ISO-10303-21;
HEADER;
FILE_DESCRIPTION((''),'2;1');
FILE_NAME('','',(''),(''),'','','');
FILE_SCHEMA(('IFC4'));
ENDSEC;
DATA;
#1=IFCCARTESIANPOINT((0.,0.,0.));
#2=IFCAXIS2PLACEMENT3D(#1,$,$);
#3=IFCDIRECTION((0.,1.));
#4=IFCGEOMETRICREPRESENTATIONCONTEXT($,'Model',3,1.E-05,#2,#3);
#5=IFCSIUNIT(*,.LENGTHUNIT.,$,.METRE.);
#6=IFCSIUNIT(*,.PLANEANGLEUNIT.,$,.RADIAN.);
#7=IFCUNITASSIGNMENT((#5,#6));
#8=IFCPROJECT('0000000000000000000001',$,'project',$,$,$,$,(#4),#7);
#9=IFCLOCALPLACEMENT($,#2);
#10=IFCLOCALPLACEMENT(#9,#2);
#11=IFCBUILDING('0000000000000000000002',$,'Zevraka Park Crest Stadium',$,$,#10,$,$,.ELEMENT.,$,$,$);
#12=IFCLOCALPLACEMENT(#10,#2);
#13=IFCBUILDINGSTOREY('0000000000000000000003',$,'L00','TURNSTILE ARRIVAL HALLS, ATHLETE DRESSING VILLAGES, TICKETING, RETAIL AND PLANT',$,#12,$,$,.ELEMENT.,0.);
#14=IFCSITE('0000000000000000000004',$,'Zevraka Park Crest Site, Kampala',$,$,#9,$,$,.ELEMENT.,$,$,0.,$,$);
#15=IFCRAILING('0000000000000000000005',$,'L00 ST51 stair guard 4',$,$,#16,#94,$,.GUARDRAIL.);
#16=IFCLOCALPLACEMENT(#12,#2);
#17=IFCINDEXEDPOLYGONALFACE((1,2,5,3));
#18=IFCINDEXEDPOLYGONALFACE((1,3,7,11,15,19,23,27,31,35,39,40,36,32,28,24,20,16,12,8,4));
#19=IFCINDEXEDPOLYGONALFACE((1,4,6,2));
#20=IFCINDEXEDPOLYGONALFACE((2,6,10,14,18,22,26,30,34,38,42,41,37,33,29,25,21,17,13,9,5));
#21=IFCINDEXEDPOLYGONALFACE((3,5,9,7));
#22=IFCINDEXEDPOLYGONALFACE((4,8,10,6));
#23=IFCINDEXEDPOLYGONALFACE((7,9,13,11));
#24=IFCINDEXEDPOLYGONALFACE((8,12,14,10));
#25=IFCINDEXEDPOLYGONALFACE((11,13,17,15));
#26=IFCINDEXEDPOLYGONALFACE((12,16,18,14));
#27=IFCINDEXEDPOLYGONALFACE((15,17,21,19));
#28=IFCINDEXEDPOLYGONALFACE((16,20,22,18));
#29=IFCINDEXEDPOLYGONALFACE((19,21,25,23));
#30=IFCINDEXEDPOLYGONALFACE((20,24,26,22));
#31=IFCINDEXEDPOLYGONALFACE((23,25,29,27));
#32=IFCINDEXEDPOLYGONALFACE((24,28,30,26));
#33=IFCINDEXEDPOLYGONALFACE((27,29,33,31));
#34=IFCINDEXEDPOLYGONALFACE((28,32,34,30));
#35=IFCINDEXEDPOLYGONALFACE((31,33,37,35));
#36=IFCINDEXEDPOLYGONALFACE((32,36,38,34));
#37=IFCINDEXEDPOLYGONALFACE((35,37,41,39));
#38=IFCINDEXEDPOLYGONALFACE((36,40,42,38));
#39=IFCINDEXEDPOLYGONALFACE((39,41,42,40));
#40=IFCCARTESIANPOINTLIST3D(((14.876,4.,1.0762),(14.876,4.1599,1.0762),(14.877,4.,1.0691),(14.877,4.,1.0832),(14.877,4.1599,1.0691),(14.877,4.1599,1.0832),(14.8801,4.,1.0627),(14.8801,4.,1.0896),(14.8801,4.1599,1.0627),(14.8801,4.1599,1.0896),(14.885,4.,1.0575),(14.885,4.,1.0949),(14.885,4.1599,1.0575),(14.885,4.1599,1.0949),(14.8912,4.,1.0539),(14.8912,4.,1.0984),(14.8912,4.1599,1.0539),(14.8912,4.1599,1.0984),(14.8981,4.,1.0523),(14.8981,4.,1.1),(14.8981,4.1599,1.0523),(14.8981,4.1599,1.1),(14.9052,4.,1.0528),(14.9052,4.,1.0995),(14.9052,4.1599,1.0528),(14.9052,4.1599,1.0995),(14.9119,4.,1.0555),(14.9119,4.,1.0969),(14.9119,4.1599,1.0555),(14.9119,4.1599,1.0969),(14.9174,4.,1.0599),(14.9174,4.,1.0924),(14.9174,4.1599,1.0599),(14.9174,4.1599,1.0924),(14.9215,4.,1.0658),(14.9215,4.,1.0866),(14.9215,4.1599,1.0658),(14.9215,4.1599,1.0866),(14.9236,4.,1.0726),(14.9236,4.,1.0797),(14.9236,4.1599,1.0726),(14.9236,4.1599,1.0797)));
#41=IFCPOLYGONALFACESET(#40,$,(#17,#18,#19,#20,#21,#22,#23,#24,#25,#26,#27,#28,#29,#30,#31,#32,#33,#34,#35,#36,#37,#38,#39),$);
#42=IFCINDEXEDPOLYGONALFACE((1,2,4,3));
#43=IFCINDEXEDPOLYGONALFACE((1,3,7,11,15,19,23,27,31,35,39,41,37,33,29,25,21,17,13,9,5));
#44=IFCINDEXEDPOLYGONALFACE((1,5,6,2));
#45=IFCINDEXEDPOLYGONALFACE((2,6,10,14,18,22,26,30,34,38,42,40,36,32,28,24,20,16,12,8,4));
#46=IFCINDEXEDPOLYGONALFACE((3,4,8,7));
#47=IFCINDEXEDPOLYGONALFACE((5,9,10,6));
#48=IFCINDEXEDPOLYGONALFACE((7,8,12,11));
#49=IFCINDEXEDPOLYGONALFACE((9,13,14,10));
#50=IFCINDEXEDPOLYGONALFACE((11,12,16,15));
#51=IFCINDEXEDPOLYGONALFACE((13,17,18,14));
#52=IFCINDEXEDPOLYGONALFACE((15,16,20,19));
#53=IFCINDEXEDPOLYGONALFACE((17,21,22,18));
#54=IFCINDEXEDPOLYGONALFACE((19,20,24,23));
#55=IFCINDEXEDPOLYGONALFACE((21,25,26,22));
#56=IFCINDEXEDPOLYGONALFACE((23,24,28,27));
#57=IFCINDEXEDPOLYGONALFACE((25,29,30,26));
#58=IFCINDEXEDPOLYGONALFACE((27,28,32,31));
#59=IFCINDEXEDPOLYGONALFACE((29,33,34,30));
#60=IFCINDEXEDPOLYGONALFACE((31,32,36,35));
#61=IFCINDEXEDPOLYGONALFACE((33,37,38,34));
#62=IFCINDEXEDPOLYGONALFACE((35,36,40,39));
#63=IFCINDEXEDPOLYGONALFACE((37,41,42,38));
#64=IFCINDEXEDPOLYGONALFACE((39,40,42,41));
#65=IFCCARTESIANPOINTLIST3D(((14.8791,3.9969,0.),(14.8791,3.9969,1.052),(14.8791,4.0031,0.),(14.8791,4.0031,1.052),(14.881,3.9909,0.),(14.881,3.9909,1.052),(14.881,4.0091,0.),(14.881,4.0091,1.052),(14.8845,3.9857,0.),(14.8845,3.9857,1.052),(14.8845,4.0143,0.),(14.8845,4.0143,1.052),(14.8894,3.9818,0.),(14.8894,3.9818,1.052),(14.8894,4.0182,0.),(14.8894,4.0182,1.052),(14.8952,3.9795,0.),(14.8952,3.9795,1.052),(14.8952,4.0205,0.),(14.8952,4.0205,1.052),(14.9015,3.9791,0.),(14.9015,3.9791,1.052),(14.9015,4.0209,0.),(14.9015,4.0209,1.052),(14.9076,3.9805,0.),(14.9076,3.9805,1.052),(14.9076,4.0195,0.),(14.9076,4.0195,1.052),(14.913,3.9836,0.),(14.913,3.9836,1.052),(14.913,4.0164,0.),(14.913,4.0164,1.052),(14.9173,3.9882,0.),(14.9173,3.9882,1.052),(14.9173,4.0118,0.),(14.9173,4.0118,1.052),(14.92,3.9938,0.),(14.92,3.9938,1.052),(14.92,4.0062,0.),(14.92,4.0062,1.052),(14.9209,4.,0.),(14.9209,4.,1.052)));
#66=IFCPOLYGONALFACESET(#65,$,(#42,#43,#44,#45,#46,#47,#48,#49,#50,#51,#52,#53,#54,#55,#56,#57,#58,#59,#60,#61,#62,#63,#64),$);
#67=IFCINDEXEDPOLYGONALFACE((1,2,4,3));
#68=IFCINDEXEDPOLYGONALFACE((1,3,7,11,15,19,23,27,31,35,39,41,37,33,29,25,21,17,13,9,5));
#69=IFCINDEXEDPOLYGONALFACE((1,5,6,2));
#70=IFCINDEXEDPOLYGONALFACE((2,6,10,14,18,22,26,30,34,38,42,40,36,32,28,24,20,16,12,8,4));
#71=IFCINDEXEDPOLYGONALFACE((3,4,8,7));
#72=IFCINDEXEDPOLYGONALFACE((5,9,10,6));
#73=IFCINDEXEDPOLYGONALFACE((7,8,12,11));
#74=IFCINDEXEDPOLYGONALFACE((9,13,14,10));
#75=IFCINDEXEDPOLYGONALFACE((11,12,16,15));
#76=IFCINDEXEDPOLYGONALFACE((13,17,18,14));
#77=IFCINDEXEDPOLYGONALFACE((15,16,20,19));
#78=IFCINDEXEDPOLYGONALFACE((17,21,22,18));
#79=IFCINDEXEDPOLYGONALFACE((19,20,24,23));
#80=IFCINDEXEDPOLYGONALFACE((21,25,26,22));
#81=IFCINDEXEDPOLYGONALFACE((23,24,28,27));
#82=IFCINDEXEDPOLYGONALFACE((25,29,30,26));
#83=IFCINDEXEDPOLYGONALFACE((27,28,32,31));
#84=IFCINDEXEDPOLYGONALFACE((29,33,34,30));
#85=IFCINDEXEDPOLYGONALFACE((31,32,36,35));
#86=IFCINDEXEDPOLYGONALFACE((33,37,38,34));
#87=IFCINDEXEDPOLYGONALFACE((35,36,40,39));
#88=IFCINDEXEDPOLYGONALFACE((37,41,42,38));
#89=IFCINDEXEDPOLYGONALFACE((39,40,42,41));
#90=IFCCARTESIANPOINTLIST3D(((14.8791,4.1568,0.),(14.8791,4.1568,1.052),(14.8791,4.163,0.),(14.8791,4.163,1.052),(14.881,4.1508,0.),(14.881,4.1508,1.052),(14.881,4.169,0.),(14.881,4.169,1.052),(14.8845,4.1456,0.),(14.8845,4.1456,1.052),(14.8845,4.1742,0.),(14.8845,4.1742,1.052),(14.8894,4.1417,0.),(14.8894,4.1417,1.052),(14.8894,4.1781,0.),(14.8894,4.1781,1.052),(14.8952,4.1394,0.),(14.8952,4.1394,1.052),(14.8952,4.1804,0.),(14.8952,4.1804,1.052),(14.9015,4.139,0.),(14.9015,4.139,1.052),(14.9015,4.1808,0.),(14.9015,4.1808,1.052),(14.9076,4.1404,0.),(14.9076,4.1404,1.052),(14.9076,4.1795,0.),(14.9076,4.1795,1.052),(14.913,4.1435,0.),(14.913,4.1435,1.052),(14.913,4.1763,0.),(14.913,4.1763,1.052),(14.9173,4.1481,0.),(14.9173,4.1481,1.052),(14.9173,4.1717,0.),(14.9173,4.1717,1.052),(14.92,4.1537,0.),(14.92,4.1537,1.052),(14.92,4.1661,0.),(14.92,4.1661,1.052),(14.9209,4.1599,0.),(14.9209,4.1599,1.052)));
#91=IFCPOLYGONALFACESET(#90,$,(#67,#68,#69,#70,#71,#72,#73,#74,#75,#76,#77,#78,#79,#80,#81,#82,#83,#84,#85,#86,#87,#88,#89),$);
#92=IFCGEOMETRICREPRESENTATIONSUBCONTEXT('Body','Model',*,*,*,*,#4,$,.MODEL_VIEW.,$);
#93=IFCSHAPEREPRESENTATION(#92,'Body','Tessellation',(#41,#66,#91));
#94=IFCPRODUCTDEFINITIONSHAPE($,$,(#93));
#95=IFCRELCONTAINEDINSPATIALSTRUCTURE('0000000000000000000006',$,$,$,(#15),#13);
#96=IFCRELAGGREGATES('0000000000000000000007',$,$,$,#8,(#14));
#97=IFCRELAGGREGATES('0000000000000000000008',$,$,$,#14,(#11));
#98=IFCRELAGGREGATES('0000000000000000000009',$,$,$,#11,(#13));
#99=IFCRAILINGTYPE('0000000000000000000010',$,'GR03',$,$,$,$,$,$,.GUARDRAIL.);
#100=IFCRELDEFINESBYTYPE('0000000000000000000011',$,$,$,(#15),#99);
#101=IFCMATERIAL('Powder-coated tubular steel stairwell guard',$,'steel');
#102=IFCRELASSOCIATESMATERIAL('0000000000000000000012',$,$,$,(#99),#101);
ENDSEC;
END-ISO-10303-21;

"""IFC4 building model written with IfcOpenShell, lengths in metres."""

from ifc_helpers import new_model, si_unit, direction, frame, origin, origin_2d, place, context, subcontext, project, spatial, circle, extrude, material, type_object, element, save


model = new_model("IFC4")

# Units and contexts
model_context = context("Model", 3, precision=1e-05, world=origin(), true_north=direction((0.0, 1.0)))
body_context = subcontext(model_context, "Body", "Model", "MODEL_VIEW")
ifc_project = project(units=[si_unit("LENGTHUNIT", "METRE"), si_unit("PLANEANGLEUNIT", "RADIAN")], contexts=[model_context])

# Site, building, storey
site_placement = place(None, origin())
site = spatial("IfcSite", under=ifc_project, at=site_placement, Name="Zevraka Park Crest Site, Kampala", CompositionType="ELEMENT", RefElevation=0.0)
building_placement = place(site_placement, origin())
building = spatial("IfcBuilding", under=site, at=building_placement, Name="Zevraka Park Crest Stadium", CompositionType="ELEMENT")
storey_placement = place(building_placement, origin())
storey = spatial("IfcBuildingStorey", under=building, at=storey_placement, Name="L00", Description="TURNSTILE ARRIVAL HALLS, ATHLETE DRESSING VILLAGES, TICKETING, RETAIL AND PLANT", CompositionType="ELEMENT", Elevation=0.0)

# Railing
ifc_material_1 = material(Name="Powder-coated tubular steel stairwell guard", Category="steel")
railing_type_1 = type_object("IfcRailingType", Name="GR03", PredefinedType="GUARDRAIL", material=ifc_material_1)
railing_1_placement = place(storey_placement, frame((14.8999, 4.0, 0.0)))
element("IfcRailing", 1, at=railing_1_placement, inside=storey, type_object=railing_type_1, Name="L00 ST51 stair guard 4", PredefinedType="GUARDRAIL", context=body_context, shape_type="SweptSolid", body=[
    extrude(circle(Radius=0.0239, at=origin_2d()), frame((0.0, 0.0, 1.0762), z_axis=(0.0, 1.0, 0.0), x_axis=(-1.0, 0.0, 0.0)), (0.0, 0.0, 1.0), 0.1599),
    extrude(circle(Radius=0.021, at=origin_2d()), origin(), (0.0, 0.0, 1.0), 1.052),
    extrude(circle(Radius=0.021, at=origin_2d()), frame((0.0, 0.1599, 0.0)), (0.0, 0.0, 1.0), 1.052),
])

save(model, "model.ifc")
